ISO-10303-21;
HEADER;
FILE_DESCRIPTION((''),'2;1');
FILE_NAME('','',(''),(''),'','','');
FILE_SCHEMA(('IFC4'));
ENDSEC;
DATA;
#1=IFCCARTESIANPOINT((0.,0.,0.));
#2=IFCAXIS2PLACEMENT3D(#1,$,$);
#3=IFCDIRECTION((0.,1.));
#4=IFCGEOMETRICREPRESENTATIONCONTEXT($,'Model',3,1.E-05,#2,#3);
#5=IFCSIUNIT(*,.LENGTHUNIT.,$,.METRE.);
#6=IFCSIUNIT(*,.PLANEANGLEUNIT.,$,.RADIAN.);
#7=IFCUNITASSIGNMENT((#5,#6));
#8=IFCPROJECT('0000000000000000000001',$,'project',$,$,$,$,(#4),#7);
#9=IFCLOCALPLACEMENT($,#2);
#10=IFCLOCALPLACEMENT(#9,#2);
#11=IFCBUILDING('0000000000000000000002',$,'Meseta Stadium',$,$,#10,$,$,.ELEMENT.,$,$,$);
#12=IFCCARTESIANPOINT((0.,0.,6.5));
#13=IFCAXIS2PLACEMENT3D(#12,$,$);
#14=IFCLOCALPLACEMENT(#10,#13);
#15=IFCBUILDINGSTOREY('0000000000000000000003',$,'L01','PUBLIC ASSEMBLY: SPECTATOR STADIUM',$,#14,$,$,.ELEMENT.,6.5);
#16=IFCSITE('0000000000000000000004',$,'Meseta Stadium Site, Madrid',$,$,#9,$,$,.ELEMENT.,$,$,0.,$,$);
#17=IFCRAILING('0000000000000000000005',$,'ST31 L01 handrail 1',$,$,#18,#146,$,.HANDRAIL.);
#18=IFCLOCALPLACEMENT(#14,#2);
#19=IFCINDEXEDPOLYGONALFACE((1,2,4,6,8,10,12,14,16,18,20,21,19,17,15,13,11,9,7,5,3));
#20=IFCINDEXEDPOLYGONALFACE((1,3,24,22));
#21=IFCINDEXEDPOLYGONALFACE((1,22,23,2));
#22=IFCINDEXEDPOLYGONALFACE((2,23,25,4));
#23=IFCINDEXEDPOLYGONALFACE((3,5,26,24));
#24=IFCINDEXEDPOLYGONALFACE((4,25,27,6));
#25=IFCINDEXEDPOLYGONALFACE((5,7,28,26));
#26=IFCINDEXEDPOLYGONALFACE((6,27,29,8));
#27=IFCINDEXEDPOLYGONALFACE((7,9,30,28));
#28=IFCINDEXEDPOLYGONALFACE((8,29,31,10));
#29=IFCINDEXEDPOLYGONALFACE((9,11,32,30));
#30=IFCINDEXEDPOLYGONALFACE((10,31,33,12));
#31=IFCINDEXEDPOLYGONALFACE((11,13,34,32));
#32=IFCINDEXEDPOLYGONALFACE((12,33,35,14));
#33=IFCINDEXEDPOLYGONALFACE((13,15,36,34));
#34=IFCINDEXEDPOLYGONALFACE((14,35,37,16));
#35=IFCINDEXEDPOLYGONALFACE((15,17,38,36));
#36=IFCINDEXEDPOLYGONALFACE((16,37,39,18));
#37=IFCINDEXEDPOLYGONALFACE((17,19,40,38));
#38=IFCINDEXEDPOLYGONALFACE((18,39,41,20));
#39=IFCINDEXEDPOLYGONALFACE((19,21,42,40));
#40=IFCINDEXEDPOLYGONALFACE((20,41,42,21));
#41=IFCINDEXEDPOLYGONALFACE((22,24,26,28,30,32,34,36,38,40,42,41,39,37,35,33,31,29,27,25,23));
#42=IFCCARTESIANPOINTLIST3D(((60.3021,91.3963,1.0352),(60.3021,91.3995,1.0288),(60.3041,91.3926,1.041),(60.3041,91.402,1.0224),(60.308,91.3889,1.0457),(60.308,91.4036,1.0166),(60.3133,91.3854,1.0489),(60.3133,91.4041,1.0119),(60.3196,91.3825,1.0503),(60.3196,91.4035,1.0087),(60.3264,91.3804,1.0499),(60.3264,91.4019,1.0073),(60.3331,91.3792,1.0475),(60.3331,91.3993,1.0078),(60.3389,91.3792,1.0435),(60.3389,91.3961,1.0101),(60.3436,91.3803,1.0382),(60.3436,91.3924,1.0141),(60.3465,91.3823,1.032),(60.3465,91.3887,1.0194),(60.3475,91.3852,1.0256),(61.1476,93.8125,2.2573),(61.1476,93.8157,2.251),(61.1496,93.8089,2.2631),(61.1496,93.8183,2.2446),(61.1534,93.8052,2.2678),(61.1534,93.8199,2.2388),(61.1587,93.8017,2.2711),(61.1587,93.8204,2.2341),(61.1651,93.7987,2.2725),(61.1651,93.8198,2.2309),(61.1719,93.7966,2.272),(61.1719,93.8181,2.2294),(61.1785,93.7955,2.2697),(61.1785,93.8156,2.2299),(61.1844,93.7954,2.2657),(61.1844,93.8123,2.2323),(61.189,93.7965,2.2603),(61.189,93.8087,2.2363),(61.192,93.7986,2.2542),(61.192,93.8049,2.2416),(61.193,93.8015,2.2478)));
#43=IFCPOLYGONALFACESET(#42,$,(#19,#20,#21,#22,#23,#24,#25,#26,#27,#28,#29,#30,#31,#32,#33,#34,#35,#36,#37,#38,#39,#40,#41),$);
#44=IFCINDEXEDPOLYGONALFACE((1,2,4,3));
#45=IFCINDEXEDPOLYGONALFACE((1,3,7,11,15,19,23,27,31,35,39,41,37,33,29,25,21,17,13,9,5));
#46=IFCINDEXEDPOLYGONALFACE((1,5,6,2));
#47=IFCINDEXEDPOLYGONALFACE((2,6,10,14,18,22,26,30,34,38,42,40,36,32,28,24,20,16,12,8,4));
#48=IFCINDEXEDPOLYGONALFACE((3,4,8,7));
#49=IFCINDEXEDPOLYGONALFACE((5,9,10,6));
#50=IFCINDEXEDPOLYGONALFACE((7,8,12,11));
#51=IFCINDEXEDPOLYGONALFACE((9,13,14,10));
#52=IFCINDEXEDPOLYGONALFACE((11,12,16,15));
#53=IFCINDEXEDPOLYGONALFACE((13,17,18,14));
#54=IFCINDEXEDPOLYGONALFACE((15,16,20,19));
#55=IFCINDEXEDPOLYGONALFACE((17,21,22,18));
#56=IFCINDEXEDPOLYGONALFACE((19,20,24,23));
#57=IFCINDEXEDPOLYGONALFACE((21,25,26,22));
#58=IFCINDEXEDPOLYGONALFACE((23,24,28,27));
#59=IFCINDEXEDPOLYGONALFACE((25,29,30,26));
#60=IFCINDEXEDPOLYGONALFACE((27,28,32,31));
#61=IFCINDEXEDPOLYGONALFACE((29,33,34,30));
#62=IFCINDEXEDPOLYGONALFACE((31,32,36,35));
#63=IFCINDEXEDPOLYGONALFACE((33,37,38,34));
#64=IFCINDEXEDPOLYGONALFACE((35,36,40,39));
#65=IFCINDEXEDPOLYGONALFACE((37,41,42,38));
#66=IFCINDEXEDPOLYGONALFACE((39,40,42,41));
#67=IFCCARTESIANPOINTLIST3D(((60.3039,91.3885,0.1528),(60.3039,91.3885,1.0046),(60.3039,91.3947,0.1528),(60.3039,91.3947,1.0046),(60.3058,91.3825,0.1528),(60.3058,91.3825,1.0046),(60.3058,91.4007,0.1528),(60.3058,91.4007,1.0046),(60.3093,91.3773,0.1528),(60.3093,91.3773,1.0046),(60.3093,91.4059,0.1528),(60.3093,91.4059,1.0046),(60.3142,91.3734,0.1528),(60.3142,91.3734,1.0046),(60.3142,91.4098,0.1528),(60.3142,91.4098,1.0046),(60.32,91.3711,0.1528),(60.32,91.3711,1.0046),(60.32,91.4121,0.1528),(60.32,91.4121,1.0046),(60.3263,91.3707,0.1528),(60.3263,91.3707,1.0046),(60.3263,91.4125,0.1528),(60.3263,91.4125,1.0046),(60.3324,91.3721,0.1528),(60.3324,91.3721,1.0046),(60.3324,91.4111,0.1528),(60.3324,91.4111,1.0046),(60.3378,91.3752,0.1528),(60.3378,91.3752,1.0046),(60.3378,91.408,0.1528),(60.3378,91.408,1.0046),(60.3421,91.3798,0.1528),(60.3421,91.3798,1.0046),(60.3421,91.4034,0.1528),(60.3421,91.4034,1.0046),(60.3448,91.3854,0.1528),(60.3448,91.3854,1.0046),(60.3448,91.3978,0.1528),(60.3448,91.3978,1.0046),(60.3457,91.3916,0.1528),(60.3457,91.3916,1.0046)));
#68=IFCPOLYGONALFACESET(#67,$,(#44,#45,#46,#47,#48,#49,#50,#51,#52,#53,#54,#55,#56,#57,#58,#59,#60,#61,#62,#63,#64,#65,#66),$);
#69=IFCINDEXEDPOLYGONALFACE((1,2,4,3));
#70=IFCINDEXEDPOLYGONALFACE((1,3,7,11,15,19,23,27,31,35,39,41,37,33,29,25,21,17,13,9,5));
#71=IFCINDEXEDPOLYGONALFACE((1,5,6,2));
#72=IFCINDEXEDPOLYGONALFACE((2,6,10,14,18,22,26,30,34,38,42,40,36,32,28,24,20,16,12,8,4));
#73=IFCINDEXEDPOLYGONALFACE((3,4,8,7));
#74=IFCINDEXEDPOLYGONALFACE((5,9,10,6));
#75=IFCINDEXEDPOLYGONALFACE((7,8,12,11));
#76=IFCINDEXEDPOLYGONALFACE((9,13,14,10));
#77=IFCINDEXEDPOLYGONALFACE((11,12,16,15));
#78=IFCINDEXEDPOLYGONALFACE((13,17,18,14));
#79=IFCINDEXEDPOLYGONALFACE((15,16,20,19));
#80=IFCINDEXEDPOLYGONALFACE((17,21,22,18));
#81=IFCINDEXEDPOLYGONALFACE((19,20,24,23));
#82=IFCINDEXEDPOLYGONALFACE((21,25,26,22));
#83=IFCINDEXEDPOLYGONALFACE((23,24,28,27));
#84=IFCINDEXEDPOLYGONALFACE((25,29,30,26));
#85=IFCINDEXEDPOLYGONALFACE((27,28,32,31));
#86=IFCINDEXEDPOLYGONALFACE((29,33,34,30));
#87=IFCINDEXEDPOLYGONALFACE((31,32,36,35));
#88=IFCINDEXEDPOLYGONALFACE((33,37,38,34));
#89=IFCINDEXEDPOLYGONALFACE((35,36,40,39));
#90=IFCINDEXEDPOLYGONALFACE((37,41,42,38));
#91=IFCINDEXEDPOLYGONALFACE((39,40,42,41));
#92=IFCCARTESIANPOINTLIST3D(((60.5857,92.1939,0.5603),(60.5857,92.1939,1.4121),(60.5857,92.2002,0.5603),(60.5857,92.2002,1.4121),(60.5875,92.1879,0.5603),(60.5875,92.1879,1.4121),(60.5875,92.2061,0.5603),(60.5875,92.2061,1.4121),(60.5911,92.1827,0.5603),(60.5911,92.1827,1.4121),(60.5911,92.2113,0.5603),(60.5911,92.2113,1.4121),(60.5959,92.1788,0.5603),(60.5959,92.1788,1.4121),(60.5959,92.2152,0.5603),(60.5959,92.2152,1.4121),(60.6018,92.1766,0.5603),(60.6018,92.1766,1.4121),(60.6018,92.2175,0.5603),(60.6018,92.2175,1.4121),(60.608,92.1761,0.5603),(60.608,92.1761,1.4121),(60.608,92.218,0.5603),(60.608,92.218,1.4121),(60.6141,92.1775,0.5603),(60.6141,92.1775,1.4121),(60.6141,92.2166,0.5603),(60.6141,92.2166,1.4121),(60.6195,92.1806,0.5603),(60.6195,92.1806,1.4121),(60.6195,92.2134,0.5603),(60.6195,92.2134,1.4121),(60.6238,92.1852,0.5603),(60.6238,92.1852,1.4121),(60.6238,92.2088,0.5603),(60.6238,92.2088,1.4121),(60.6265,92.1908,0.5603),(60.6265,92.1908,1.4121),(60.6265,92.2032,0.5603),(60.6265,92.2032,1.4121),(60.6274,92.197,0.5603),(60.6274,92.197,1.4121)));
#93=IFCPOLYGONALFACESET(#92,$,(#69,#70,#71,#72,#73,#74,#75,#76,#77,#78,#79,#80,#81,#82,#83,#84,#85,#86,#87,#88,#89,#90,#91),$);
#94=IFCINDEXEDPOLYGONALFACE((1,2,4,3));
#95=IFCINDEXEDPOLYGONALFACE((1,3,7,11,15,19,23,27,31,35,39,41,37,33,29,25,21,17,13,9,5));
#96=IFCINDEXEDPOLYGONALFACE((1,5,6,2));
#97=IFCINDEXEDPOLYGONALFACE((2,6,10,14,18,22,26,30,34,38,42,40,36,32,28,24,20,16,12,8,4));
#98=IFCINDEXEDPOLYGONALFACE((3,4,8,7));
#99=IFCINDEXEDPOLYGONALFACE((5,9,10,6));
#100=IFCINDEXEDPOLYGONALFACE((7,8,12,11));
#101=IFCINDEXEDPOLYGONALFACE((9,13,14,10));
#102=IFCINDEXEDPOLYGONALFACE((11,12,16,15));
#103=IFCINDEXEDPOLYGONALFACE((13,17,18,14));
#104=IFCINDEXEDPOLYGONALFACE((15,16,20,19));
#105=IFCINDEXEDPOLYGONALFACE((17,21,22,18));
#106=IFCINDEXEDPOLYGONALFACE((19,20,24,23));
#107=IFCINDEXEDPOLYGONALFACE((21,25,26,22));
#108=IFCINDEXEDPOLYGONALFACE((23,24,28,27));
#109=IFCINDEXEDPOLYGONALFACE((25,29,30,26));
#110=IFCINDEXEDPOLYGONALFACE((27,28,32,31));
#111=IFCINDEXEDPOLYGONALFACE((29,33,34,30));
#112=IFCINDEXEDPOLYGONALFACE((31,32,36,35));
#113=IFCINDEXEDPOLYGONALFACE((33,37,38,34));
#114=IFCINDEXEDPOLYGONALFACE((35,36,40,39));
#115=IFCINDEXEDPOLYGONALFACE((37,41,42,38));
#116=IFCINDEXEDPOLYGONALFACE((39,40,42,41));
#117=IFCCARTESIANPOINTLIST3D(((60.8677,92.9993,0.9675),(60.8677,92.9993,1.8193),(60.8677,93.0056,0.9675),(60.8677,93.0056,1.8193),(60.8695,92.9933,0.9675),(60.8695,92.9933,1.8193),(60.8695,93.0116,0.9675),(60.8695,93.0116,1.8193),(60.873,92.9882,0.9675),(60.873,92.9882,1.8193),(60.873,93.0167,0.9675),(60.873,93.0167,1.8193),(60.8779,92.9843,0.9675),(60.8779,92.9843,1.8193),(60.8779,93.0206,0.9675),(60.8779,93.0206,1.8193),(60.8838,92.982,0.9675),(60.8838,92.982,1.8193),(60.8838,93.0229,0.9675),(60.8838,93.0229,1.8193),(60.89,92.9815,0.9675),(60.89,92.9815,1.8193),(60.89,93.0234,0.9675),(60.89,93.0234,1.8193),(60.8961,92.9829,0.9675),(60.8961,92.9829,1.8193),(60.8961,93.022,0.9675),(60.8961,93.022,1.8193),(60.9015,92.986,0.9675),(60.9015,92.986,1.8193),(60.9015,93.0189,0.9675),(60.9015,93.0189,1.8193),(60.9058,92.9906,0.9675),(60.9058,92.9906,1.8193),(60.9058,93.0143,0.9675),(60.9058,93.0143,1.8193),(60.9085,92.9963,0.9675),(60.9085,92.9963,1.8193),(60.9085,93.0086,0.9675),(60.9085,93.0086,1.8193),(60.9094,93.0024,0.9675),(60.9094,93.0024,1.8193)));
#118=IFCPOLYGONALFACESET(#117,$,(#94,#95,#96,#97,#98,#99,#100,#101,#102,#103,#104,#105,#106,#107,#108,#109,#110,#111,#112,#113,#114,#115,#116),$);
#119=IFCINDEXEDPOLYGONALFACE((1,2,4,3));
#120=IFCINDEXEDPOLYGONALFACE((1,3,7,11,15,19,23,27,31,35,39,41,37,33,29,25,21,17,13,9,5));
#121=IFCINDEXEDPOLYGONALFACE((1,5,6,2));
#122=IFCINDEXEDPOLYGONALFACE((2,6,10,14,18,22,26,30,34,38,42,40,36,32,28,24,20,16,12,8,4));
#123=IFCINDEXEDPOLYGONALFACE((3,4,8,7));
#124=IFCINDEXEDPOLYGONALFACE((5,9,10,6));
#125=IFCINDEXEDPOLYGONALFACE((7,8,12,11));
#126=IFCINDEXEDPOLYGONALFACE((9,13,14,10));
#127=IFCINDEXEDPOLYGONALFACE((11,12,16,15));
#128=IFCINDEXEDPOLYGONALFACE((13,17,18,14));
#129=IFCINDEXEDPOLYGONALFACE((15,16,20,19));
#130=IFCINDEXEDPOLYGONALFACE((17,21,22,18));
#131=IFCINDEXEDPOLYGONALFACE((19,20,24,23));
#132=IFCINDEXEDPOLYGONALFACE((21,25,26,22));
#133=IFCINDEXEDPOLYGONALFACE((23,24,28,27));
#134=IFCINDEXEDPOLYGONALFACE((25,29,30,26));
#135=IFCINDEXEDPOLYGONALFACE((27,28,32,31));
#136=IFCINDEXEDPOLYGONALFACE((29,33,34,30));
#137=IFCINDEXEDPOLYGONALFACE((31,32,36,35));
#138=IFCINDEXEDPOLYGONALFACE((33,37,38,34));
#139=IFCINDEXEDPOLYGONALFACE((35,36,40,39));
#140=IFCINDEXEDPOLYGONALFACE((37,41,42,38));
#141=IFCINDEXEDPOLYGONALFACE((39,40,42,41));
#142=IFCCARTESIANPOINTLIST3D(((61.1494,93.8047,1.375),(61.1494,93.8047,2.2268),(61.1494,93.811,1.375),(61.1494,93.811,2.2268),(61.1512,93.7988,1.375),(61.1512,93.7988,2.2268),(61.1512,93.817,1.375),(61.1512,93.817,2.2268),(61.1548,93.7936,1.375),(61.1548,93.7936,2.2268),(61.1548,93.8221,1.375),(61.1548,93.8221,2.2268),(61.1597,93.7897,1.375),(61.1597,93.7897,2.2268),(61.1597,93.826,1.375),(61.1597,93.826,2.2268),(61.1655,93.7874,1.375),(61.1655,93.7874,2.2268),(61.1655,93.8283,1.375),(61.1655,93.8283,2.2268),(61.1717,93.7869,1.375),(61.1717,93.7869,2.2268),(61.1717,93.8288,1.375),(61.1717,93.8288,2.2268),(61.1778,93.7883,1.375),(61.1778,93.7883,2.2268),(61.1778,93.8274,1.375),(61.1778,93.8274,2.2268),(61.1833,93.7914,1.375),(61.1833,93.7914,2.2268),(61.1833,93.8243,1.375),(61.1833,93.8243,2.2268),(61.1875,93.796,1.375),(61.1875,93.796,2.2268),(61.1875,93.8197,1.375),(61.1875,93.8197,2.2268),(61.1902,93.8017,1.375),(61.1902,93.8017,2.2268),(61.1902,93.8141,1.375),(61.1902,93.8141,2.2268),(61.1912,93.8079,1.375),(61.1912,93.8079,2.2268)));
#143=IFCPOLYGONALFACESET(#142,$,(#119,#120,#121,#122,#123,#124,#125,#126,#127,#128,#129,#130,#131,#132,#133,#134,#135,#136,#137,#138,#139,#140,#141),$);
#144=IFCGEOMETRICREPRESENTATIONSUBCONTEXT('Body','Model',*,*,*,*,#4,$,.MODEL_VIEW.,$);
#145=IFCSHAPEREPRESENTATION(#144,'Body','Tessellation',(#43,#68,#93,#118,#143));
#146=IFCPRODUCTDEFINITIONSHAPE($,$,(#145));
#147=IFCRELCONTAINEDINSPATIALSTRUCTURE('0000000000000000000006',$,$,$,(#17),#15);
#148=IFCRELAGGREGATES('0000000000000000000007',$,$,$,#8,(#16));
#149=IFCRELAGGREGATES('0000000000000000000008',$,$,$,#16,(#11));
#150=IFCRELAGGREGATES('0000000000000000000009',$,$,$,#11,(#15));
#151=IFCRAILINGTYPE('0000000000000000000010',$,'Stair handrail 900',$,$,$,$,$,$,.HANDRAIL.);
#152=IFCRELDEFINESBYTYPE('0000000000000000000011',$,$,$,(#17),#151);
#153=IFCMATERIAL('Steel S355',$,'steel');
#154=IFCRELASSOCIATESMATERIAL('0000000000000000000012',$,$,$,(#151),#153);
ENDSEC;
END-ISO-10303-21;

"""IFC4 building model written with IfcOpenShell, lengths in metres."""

from ifc_helpers import new_model, si_unit, direction, frame, origin, origin_2d, place, context, subcontext, project, spatial, circle, extrude, material, type_object, element, save


model = new_model("IFC4")

# Units and contexts
model_context = context("Model", 3, precision=1e-05, world=origin(), true_north=direction((0.0, 1.0)))
body_context = subcontext(model_context, "Body", "Model", "MODEL_VIEW")
ifc_project = project(units=[si_unit("LENGTHUNIT", "METRE"), si_unit("PLANEANGLEUNIT", "RADIAN")], contexts=[model_context])

# Site, building, storey
site_placement = place(None, origin())
site = spatial("IfcSite", under=ifc_project, at=site_placement, Name="Meseta Stadium Site, Madrid", CompositionType="ELEMENT", RefElevation=0.0)
building_placement = place(site_placement, origin())
building = spatial("IfcBuilding", under=site, at=building_placement, Name="Meseta Stadium", CompositionType="ELEMENT")
storey_placement = place(building_placement, frame((0.0, 0.0, 6.5)))
storey = spatial("IfcBuildingStorey", under=building, at=storey_placement, Name="L01", Description="PUBLIC ASSEMBLY: SPECTATOR STADIUM", CompositionType="ELEMENT", Elevation=6.5)

# Railing
ifc_material_1 = material(Name="Steel S355", Category="steel")
railing_type_1 = type_object("IfcRailingType", Name="Stair handrail 900", PredefinedType="HANDRAIL", material=ifc_material_1)
for number, where, name in (
    (1, (60.3247, 91.3916, 0.1528), "ST31 L01 handrail 1"),
):
    element("IfcRailing", number, at=place(storey_placement, frame(where)), inside=storey, type_object=railing_type_1, Name=name, PredefinedType="HANDRAIL", context=body_context, shape_type="SweptSolid", body=[
        extrude(circle(Radius=0.0239, at=origin_2d()), frame((0.0, 0.0, 0.876), z_axis=(0.298044, 0.851789, 0.430843), x_axis=(-0.943887, 0.33027, 0.0)), (0.0, 0.0, 1.0), 2.8367),
        extrude(circle(Radius=0.021, at=origin_2d()), origin(), (0.0, 0.0, 1.0), 0.8518),
        extrude(circle(Radius=0.021, at=origin_2d()), frame((0.2817, 0.8054, 0.4075)), (0.0, 0.0, 1.0), 0.8518),
        extrude(circle(Radius=0.021, at=origin_2d()), frame((0.5637, 1.6108, 0.8147)), (0.0, 0.0, 1.0), 0.8518),
        extrude(circle(Radius=0.021, at=origin_2d()), frame((0.8455, 2.4163, 1.2222)), (0.0, 0.0, 1.0), 0.8518),
    ])

save(model, "model.ifc")
